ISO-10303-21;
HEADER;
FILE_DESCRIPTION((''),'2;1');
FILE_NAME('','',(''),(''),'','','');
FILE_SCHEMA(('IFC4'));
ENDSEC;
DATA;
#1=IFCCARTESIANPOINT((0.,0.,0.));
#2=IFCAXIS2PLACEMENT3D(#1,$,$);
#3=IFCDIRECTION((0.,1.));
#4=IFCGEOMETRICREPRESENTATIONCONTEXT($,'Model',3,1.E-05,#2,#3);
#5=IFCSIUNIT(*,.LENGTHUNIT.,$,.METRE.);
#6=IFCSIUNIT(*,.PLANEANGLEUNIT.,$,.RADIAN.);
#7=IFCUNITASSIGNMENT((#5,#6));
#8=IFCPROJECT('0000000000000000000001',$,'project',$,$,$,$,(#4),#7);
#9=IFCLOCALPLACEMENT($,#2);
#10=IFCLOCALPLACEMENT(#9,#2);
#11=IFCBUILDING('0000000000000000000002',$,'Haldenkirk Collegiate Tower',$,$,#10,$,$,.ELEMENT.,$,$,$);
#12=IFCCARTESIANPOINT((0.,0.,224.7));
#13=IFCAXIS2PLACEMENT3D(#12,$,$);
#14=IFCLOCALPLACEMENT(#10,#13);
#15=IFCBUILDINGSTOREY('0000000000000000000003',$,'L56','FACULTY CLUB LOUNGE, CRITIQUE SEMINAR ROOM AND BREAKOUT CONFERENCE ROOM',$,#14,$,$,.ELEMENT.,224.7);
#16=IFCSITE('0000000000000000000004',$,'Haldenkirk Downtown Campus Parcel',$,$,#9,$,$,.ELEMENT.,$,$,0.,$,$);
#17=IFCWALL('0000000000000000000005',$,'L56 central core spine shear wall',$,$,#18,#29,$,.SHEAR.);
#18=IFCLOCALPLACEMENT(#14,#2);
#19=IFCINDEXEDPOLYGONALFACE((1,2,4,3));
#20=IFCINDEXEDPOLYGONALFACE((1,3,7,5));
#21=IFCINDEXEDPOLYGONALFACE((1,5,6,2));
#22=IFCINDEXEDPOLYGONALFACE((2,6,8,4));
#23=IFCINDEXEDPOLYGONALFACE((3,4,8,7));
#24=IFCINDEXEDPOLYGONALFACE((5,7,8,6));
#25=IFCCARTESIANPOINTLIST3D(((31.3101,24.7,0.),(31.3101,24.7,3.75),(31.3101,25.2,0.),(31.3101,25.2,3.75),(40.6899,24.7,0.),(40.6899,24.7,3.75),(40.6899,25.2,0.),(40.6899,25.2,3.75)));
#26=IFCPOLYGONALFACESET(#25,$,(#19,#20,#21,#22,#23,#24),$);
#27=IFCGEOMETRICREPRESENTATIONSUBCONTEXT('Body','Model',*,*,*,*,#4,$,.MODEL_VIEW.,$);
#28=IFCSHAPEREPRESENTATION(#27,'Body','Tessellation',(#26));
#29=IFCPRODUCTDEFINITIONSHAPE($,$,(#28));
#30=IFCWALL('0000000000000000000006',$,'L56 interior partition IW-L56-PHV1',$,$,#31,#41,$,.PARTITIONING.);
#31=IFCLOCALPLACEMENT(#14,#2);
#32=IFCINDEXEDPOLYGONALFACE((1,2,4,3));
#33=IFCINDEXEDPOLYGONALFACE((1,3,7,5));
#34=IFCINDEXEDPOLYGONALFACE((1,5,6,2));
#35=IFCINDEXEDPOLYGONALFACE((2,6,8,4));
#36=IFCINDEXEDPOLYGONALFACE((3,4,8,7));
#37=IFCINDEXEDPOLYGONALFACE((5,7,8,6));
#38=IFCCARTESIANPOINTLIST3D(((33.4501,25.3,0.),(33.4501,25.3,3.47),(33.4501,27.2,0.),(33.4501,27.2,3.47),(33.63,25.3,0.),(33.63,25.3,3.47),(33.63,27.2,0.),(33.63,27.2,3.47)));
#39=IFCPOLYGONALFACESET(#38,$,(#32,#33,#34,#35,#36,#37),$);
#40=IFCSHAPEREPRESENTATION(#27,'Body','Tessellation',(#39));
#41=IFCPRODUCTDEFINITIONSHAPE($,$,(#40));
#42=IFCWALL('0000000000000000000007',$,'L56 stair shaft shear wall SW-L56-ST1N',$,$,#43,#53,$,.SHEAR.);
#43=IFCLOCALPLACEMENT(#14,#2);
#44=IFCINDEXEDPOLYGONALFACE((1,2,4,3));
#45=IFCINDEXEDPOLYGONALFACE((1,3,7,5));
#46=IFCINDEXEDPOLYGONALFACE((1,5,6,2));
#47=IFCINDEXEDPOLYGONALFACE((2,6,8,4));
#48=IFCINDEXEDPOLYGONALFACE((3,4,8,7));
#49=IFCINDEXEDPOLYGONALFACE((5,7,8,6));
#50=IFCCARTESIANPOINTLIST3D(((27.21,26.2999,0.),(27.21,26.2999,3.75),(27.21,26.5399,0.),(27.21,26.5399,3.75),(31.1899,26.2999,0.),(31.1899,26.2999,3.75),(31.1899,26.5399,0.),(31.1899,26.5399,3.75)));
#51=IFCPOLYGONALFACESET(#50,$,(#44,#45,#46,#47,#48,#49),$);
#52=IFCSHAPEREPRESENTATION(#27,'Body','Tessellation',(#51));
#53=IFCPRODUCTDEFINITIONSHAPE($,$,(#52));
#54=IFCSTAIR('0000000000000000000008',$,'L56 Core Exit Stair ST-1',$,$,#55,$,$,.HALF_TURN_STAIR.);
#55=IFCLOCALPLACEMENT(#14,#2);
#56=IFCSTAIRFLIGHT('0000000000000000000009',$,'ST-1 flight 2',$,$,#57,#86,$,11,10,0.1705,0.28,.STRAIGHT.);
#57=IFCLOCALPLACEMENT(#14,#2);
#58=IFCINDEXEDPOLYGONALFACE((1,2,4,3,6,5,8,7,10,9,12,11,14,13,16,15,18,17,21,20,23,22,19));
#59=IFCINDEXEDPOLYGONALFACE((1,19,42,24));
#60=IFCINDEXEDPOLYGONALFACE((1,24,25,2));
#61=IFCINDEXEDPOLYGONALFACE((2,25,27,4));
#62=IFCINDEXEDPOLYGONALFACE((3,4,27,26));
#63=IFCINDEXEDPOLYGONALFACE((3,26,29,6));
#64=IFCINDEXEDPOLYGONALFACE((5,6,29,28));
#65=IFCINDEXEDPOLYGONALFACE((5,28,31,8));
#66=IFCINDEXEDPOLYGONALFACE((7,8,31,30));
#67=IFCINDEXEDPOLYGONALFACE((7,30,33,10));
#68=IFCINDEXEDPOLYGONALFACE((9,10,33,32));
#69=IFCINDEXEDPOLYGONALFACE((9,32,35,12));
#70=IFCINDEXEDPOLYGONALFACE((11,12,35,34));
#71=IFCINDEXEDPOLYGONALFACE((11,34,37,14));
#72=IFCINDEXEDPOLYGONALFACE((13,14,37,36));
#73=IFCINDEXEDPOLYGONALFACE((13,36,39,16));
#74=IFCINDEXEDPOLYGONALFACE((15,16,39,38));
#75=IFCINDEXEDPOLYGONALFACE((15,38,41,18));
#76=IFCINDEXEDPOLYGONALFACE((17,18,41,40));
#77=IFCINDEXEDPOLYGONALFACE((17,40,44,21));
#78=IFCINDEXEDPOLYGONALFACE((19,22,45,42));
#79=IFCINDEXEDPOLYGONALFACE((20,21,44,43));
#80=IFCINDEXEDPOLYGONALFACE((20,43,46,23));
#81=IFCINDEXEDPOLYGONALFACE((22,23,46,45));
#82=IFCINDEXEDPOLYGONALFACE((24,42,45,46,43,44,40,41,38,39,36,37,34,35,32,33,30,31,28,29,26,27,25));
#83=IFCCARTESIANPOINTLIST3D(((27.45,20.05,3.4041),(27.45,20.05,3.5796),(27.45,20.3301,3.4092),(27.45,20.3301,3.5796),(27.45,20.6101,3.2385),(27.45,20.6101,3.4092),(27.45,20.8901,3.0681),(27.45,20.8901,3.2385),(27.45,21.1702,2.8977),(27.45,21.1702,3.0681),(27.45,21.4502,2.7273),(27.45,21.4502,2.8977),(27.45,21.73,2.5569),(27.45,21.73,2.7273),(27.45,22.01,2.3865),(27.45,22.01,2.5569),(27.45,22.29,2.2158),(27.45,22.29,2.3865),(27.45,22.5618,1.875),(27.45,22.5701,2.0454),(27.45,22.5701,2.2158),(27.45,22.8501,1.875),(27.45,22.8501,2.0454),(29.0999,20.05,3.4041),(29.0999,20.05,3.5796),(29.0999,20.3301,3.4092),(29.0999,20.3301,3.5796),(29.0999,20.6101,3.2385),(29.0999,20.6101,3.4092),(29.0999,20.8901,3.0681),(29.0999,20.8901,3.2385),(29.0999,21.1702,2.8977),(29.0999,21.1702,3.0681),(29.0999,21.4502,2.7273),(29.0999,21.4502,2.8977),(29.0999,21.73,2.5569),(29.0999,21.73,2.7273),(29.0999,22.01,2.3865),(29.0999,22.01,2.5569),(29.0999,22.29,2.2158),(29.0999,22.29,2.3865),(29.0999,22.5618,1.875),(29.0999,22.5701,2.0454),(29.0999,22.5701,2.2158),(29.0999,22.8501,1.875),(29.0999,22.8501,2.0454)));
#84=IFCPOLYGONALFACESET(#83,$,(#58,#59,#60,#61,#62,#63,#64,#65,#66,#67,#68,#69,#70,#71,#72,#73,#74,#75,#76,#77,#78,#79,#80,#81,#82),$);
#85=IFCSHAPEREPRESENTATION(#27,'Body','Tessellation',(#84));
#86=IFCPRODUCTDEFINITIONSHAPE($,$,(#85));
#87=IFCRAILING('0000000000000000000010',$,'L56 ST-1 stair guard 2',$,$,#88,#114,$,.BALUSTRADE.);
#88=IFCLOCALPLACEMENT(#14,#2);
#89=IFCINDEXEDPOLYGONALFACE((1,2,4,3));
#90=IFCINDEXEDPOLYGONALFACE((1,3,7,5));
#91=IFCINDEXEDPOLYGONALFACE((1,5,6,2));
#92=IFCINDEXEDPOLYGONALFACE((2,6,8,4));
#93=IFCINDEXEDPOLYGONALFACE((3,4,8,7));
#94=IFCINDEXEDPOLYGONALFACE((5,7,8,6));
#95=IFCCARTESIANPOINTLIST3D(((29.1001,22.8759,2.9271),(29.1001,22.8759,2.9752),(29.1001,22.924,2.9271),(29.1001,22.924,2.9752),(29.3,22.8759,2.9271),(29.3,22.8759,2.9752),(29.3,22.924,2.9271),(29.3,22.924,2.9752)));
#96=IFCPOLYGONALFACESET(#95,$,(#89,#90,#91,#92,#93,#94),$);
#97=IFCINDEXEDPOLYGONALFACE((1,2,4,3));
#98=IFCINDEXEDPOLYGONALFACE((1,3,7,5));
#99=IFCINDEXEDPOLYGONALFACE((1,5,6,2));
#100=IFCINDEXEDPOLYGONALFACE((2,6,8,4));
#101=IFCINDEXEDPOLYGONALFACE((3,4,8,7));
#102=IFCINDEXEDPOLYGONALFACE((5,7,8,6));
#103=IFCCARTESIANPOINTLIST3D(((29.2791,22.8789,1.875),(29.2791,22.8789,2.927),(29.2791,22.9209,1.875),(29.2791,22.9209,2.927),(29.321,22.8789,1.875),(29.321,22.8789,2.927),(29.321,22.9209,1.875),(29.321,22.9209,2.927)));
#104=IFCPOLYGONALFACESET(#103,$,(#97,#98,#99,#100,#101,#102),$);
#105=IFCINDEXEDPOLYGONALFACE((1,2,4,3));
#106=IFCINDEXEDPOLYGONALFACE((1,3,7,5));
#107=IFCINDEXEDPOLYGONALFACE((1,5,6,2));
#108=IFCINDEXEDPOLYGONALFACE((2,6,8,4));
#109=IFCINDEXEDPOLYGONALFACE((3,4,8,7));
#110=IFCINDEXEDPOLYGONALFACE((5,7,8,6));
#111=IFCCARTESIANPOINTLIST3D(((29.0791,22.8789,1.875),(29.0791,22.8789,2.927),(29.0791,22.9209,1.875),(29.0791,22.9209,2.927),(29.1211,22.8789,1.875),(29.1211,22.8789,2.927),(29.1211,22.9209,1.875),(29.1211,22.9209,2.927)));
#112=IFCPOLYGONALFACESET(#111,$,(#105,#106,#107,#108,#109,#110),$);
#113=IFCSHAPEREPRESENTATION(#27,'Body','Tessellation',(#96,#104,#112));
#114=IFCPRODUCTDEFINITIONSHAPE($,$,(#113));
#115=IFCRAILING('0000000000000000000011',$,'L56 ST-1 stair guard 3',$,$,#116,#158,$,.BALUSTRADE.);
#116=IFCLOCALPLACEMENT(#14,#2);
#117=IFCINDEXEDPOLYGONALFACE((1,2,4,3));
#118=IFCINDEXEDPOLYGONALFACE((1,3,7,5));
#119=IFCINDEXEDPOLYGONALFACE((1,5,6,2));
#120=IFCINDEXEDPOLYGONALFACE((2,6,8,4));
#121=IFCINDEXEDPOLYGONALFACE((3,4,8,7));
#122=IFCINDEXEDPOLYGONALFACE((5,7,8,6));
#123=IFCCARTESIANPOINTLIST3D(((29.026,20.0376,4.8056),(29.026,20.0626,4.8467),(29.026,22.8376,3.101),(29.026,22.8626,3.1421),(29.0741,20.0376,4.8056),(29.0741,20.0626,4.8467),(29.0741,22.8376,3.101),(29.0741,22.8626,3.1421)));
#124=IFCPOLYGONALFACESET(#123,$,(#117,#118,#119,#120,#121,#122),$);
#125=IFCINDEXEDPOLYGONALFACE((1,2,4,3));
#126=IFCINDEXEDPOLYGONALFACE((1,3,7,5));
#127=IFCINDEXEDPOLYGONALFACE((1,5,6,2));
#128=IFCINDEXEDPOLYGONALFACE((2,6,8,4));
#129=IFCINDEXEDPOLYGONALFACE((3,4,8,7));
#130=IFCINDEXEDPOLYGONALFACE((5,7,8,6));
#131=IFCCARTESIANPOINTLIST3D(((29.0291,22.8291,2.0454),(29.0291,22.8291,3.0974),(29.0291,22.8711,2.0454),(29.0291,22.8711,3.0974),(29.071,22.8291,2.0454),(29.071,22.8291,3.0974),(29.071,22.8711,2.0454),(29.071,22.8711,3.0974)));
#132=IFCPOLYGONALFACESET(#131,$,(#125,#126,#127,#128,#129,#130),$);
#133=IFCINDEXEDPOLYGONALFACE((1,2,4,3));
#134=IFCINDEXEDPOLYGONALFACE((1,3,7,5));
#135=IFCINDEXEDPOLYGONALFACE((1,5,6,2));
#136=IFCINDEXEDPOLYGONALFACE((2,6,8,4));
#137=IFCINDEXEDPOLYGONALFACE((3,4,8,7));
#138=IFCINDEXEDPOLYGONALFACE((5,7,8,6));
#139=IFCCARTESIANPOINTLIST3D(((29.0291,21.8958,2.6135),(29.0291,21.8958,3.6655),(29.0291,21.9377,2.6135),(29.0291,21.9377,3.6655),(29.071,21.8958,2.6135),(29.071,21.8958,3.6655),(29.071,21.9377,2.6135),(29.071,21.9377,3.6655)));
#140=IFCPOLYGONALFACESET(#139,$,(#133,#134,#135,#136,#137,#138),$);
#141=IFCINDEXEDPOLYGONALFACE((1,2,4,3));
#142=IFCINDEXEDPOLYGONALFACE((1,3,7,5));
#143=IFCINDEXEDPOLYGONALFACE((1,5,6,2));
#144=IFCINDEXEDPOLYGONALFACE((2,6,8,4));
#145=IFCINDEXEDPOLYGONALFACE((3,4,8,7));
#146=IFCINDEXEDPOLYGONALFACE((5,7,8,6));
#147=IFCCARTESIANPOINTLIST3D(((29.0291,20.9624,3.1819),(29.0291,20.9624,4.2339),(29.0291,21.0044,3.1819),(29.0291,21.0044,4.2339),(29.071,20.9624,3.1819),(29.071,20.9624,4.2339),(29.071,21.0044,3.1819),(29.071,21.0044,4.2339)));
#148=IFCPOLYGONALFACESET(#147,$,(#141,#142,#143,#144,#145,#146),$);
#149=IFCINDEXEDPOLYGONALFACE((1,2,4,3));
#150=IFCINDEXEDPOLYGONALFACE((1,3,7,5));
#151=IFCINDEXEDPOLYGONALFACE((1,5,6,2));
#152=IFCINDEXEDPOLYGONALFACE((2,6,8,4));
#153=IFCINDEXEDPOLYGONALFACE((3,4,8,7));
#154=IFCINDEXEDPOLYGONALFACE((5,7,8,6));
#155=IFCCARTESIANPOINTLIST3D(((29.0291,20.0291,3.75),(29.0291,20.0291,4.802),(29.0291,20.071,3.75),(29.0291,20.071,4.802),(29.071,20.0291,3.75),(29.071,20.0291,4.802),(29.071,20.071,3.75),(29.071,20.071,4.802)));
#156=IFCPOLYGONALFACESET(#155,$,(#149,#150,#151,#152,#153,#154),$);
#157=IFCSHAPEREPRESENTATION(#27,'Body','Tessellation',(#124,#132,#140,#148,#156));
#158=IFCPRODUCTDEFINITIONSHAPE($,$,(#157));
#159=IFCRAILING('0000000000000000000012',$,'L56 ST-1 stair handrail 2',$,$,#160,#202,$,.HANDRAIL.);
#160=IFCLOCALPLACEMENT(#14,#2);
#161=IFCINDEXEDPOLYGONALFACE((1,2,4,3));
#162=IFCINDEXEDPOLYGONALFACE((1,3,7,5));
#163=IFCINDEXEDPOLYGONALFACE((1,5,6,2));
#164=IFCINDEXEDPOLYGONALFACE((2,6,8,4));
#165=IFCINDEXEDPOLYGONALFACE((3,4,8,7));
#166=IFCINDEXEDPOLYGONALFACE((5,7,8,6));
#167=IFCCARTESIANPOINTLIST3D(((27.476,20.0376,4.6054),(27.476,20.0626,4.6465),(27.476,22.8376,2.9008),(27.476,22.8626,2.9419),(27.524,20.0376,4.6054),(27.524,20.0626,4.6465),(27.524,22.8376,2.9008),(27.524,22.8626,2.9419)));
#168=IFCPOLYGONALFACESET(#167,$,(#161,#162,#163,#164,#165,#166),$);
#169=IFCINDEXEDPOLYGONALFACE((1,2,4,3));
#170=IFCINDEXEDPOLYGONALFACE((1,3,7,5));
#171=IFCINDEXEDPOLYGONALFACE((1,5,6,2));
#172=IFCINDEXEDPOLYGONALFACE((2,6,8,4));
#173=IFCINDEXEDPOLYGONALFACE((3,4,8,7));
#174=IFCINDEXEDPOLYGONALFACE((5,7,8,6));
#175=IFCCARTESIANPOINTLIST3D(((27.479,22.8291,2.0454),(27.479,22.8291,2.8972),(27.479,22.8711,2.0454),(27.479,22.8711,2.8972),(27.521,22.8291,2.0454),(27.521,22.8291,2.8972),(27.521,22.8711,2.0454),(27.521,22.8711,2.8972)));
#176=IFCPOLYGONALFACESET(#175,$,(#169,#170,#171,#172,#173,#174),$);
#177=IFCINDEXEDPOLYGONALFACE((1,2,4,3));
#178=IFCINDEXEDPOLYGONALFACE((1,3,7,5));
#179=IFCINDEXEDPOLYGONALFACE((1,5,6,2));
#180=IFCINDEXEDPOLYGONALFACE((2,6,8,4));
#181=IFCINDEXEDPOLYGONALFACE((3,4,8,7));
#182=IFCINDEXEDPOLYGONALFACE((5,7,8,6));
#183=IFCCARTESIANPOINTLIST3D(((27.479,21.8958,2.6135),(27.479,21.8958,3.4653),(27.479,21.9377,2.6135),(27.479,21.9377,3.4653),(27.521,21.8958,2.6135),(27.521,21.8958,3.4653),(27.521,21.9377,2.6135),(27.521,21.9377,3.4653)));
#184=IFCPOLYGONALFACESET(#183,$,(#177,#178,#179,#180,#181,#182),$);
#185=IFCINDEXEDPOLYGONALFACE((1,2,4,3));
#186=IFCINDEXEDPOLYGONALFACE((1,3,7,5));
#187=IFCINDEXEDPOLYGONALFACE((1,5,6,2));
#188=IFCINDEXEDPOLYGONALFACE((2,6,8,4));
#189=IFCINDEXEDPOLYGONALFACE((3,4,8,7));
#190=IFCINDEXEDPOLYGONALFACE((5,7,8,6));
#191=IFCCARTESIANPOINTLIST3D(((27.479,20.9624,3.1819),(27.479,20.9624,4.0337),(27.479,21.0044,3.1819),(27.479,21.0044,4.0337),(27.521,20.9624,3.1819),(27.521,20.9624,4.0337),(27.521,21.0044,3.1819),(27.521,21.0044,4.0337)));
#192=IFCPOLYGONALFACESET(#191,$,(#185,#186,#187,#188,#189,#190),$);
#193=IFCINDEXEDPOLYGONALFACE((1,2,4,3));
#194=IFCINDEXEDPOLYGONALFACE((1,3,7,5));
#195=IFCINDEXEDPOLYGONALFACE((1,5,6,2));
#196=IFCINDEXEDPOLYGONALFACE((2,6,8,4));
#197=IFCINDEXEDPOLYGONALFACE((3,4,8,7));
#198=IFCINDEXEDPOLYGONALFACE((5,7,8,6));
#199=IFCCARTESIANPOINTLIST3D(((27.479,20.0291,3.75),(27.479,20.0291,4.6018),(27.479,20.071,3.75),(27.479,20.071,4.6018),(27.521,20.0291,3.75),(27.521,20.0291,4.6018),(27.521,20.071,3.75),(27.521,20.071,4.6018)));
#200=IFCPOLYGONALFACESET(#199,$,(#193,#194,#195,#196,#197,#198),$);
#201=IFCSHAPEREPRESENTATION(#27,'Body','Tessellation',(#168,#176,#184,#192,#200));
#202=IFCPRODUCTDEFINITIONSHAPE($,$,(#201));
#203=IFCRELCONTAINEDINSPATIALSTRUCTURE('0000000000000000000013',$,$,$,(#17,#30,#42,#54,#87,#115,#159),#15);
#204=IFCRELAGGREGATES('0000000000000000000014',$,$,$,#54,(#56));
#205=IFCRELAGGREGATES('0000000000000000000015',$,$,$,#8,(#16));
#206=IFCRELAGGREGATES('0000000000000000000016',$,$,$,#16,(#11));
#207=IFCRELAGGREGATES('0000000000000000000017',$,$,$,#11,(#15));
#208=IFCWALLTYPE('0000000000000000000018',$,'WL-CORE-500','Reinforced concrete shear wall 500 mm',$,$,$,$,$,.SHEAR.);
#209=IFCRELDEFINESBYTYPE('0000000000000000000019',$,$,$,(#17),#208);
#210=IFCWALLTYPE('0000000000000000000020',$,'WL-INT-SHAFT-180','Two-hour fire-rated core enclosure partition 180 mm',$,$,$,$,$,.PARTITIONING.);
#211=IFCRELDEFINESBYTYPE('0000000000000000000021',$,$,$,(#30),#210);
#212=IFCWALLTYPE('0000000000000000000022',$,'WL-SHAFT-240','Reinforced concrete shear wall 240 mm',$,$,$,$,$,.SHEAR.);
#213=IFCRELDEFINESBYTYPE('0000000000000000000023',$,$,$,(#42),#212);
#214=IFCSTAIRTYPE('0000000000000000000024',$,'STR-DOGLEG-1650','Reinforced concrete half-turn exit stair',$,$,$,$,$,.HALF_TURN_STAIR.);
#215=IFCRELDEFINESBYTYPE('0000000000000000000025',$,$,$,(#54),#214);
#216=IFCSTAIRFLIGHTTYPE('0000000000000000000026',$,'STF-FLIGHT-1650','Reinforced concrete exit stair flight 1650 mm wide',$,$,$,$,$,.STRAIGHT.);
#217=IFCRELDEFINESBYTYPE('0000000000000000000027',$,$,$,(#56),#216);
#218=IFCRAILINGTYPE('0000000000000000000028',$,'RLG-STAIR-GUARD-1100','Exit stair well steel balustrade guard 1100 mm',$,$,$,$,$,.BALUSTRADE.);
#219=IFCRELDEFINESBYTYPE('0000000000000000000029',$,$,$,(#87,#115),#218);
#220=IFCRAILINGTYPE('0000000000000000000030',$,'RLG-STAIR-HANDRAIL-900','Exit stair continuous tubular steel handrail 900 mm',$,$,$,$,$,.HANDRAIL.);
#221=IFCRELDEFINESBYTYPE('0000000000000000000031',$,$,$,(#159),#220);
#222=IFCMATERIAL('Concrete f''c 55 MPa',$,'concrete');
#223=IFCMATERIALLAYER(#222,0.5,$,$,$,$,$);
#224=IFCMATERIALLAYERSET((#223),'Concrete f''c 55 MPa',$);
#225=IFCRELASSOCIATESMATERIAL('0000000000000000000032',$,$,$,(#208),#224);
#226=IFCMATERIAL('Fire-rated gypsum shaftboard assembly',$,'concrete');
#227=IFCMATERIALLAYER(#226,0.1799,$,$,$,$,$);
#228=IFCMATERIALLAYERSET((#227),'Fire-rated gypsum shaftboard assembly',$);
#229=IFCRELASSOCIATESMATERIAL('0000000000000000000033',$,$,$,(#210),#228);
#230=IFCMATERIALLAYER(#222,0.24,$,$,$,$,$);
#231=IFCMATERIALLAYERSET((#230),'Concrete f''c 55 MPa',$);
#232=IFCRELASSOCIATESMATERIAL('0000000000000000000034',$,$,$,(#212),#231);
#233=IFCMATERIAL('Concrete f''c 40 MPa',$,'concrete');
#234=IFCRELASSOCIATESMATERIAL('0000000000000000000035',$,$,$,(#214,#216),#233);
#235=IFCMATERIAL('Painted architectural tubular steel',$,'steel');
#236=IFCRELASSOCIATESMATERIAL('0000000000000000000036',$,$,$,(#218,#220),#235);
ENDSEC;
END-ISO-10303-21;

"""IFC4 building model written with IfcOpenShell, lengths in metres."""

from ifc_helpers import new_model, si_unit, direction, frame, frame_2d, origin, origin_2d, place, context, subcontext, project, spatial, polyline, rectangle, outline, extrude, material, layer, layer_set, type_object, element, aggregate, save


model = new_model("IFC4")

# Units and contexts
model_context = context("Model", 3, precision=1e-05, world=origin(), true_north=direction((0.0, 1.0)))
body_context = subcontext(model_context, "Body", "Model", "MODEL_VIEW")
ifc_project = project(units=[si_unit("LENGTHUNIT", "METRE"), si_unit("PLANEANGLEUNIT", "RADIAN")], contexts=[model_context])

# Site, building, storey
site_placement = place(None, origin())
site = spatial("IfcSite", under=ifc_project, at=site_placement, Name="Haldenkirk Downtown Campus Parcel", CompositionType="ELEMENT", RefElevation=0.0)
building_placement = place(site_placement, origin())
building = spatial("IfcBuilding", under=site, at=building_placement, Name="Haldenkirk Collegiate Tower", CompositionType="ELEMENT")
storey_placement = place(building_placement, frame((0.0, 0.0, 224.7)))
storey = spatial("IfcBuildingStorey", under=building, at=storey_placement, Name="L56", Description="FACULTY CLUB LOUNGE, CRITIQUE SEMINAR ROOM AND BREAKOUT CONFERENCE ROOM", CompositionType="ELEMENT", Elevation=224.7)

# Walls
ifc_material_1 = material(Name="Concrete f'c 55 MPa", Category="concrete")
ifc_layer_1 = layer(ifc_material_1, 0.5)
ifc_layer_set_1 = layer_set([ifc_layer_1], Name="Concrete f'c 55 MPa")
wall_type_1 = type_object("IfcWallType", Name="WL-CORE-500", Description="Reinforced concrete shear wall 500 mm", PredefinedType="SHEAR", material=ifc_layer_set_1)
wall_1_placement = place(storey_placement, frame((31.3101, 24.95, 0.0), z_axis=(0.0, 0.0, 1.0), x_axis=(1.0, 0.0, 0.0)))
element("IfcWall", 1, at=wall_1_placement, inside=storey, type_object=wall_type_1, Name="L56 central core spine shear wall", PredefinedType="SHEAR", context=body_context, shape_type="SweptSolid", body=[
    extrude(rectangle(XDim=9.3799, YDim=0.5, at=frame_2d((4.6899, 0.0))), origin(), (0.0, 0.0, 1.0), 3.75),
])
ifc_material_2 = material(Name="Fire-rated gypsum shaftboard assembly", Category="concrete")
ifc_layer_2 = layer(ifc_material_2, 0.1799)
ifc_layer_set_2 = layer_set([ifc_layer_2], Name="Fire-rated gypsum shaftboard assembly")
wall_type_2 = type_object("IfcWallType", Name="WL-INT-SHAFT-180", Description="Two-hour fire-rated core enclosure partition 180 mm", PredefinedType="PARTITIONING", material=ifc_layer_set_2)
wall_2_placement = place(storey_placement, frame((33.54, 25.3, 0.0), z_axis=(0.0, 0.0, 1.0), x_axis=(0.0, 1.0, 0.0)))
element("IfcWall", 2, at=wall_2_placement, inside=storey, type_object=wall_type_2, Name="L56 interior partition IW-L56-PHV1", PredefinedType="PARTITIONING", context=body_context, shape_type="SweptSolid", body=[
    extrude(rectangle(XDim=1.8999, YDim=0.1799, at=frame_2d((0.95, 0.0))), origin(), (0.0, 0.0, 1.0), 3.47),
])

# Wall
ifc_layer_3 = layer(ifc_material_1, 0.24)
ifc_layer_set_3 = layer_set([ifc_layer_3], Name="Concrete f'c 55 MPa")
wall_type_3 = type_object("IfcWallType", Name="WL-SHAFT-240", Description="Reinforced concrete shear wall 240 mm", PredefinedType="SHEAR", material=ifc_layer_set_3)
wall_3_placement = place(storey_placement, frame((27.21, 26.4199, 0.0), z_axis=(0.0, 0.0, 1.0), x_axis=(1.0, 0.0, 0.0)))
element("IfcWall", 3, at=wall_3_placement, inside=storey, type_object=wall_type_3, Name="L56 stair shaft shear wall SW-L56-ST1N", PredefinedType="SHEAR", context=body_context, shape_type="SweptSolid", body=[
    extrude(rectangle(XDim=3.98, YDim=0.24, at=frame_2d((1.99, 0.0))), origin(), (0.0, 0.0, 1.0), 3.75),
])

# Stair, stair flight
ifc_material_3 = material(Name="Concrete f'c 40 MPa", Category="concrete")
stair_type = type_object("IfcStairType", Name="STR-DOGLEG-1650", Description="Reinforced concrete half-turn exit stair", PredefinedType="HALF_TURN_STAIR", material=ifc_material_3)
stair_placement = place(storey_placement, origin())
stair = element("IfcStair", 4, at=stair_placement, inside=storey, type_object=stair_type, Name="L56 Core Exit Stair ST-1", PredefinedType="HALF_TURN_STAIR")
stair_flight_type = type_object("IfcStairFlightType", Name="STF-FLIGHT-1650", Description="Reinforced concrete exit stair flight 1650 mm wide", PredefinedType="STRAIGHT", material=ifc_material_3)
stair_flight_placement = place(storey_placement, frame((28.2749, 22.8501, 1.875), z_axis=(0.0, 0.0, 1.0), x_axis=(0.0, -1.0, 0.0)))
stair_flight = element("IfcStairFlight", 5, at=stair_flight_placement, type_object=stair_flight_type, Name="ST-1 flight 2", NumberOfRisers=11, NumberOfTreads=10, PredefinedType="STRAIGHT", RiserHeight=0.1705, TreadLength=0.28, context=body_context, shape_type="SweptSolid", body=[
    extrude(outline(polyline([(0.0, 0.0), (0.0, 0.1704), (0.28, 0.1704), (0.28, 0.3408), (0.5601, 0.3408), (0.5601, 0.5115), (0.8401, 0.5115), (0.8401, 0.6819), (1.1201, 0.6819), (1.1201, 0.8523), (1.3999, 0.8523), (1.3999, 1.0227), (1.6799, 1.0227), (1.6799, 1.1931), (1.96, 1.1931), (1.96, 1.3635), (2.24, 1.3635), (2.24, 1.5342), (2.52, 1.5342), (2.52, 1.7046), (2.8, 1.7046), (2.8, 1.875), (2.8, 1.5291), (0.2883, 0.0), (0.0, 0.0)])), frame((0.0, 0.825, 0.0), z_axis=(0.0, -1.0, 0.0), x_axis=(1.0, 0.0, 0.0)), (0.0, 0.0, 1.0), 1.6499),
])
aggregate(stair, [stair_flight])

# Railings
ifc_material_4 = material(Name="Painted architectural tubular steel", Category="steel")
railing_type_1 = type_object("IfcRailingType", Name="RLG-STAIR-GUARD-1100", Description="Exit stair well steel balustrade guard 1100 mm", PredefinedType="BALUSTRADE", material=ifc_material_4)
railing_1_placement = place(storey_placement, frame((29.3, 22.8999, 1.875)))
element("IfcRailing", 6, at=railing_1_placement, inside=storey, type_object=railing_type_1, Name="L56 ST-1 stair guard 2", PredefinedType="BALUSTRADE", context=body_context, shape_type="SweptSolid", body=[
    extrude(rectangle(XDim=0.0481, YDim=0.0481, at=origin_2d()), frame((0.0, 0.0, 1.0762), z_axis=(-1.0, 0.0, 0.0), x_axis=(0.0, -1.0, 0.0)), (0.0, 0.0, 1.0), 0.2),
    extrude(rectangle(XDim=0.042, YDim=0.042, at=origin_2d()), origin(), (0.0, 0.0, 1.0), 1.052),
    extrude(rectangle(XDim=0.042, YDim=0.042, at=origin_2d()), frame((-0.2, 0.0, 0.0)), (0.0, 0.0, 1.0), 1.052),
])
railing_2_placement = place(storey_placement, frame((29.05, 22.8501, 2.0454)))
element("IfcRailing", 7, at=railing_2_placement, inside=storey, type_object=railing_type_1, Name="L56 ST-1 stair guard 3", PredefinedType="BALUSTRADE", context=body_context, shape_type="SweptSolid", body=[
    extrude(rectangle(XDim=0.0481, YDim=0.0481, at=origin_2d()), frame((0.0, 0.0, 1.0762), z_axis=(0.0, -0.85417, 0.519994), x_axis=(1.0, 0.0, 0.0)), (0.0, 0.0, 1.0), 3.2781),
    extrude(rectangle(XDim=0.042, YDim=0.042, at=origin_2d()), origin(), (0.0, 0.0, 1.0), 1.052),
    extrude(rectangle(XDim=0.042, YDim=0.042, at=origin_2d()), frame((0.0, -0.9333, 0.5681)), (0.0, 0.0, 1.0), 1.052),
    extrude(rectangle(XDim=0.042, YDim=0.042, at=origin_2d()), frame((0.0, -1.8667, 1.1365)), (0.0, 0.0, 1.0), 1.052),
    extrude(rectangle(XDim=0.042, YDim=0.042, at=origin_2d()), frame((0.0, -2.8, 1.7046)), (0.0, 0.0, 1.0), 1.052),
])
railing_type_2 = type_object("IfcRailingType", Name="RLG-STAIR-HANDRAIL-900", Description="Exit stair continuous tubular steel handrail 900 mm", PredefinedType="HANDRAIL", material=ifc_material_4)
railing_3_placement = place(storey_placement, frame((27.5, 22.8501, 2.0454)))
element("IfcRailing", 8, at=railing_3_placement, inside=storey, type_object=railing_type_2, Name="L56 ST-1 stair handrail 2", PredefinedType="HANDRAIL", context=body_context, shape_type="SweptSolid", body=[
    extrude(rectangle(XDim=0.0481, YDim=0.0481, at=origin_2d()), frame((0.0, 0.0, 0.876), z_axis=(0.0, -0.85417, 0.519994), x_axis=(1.0, 0.0, 0.0)), (0.0, 0.0, 1.0), 3.2781),
    extrude(rectangle(XDim=0.042, YDim=0.042, at=origin_2d()), origin(), (0.0, 0.0, 1.0), 0.8518),
    extrude(rectangle(XDim=0.042, YDim=0.042, at=origin_2d()), frame((0.0, -0.9333, 0.5681)), (0.0, 0.0, 1.0), 0.8518),
    extrude(rectangle(XDim=0.042, YDim=0.042, at=origin_2d()), frame((0.0, -1.8667, 1.1365)), (0.0, 0.0, 1.0), 0.8518),
    extrude(rectangle(XDim=0.042, YDim=0.042, at=origin_2d()), frame((0.0, -2.8, 1.7046)), (0.0, 0.0, 1.0), 0.8518),
])

save(model, "model.ifc")
